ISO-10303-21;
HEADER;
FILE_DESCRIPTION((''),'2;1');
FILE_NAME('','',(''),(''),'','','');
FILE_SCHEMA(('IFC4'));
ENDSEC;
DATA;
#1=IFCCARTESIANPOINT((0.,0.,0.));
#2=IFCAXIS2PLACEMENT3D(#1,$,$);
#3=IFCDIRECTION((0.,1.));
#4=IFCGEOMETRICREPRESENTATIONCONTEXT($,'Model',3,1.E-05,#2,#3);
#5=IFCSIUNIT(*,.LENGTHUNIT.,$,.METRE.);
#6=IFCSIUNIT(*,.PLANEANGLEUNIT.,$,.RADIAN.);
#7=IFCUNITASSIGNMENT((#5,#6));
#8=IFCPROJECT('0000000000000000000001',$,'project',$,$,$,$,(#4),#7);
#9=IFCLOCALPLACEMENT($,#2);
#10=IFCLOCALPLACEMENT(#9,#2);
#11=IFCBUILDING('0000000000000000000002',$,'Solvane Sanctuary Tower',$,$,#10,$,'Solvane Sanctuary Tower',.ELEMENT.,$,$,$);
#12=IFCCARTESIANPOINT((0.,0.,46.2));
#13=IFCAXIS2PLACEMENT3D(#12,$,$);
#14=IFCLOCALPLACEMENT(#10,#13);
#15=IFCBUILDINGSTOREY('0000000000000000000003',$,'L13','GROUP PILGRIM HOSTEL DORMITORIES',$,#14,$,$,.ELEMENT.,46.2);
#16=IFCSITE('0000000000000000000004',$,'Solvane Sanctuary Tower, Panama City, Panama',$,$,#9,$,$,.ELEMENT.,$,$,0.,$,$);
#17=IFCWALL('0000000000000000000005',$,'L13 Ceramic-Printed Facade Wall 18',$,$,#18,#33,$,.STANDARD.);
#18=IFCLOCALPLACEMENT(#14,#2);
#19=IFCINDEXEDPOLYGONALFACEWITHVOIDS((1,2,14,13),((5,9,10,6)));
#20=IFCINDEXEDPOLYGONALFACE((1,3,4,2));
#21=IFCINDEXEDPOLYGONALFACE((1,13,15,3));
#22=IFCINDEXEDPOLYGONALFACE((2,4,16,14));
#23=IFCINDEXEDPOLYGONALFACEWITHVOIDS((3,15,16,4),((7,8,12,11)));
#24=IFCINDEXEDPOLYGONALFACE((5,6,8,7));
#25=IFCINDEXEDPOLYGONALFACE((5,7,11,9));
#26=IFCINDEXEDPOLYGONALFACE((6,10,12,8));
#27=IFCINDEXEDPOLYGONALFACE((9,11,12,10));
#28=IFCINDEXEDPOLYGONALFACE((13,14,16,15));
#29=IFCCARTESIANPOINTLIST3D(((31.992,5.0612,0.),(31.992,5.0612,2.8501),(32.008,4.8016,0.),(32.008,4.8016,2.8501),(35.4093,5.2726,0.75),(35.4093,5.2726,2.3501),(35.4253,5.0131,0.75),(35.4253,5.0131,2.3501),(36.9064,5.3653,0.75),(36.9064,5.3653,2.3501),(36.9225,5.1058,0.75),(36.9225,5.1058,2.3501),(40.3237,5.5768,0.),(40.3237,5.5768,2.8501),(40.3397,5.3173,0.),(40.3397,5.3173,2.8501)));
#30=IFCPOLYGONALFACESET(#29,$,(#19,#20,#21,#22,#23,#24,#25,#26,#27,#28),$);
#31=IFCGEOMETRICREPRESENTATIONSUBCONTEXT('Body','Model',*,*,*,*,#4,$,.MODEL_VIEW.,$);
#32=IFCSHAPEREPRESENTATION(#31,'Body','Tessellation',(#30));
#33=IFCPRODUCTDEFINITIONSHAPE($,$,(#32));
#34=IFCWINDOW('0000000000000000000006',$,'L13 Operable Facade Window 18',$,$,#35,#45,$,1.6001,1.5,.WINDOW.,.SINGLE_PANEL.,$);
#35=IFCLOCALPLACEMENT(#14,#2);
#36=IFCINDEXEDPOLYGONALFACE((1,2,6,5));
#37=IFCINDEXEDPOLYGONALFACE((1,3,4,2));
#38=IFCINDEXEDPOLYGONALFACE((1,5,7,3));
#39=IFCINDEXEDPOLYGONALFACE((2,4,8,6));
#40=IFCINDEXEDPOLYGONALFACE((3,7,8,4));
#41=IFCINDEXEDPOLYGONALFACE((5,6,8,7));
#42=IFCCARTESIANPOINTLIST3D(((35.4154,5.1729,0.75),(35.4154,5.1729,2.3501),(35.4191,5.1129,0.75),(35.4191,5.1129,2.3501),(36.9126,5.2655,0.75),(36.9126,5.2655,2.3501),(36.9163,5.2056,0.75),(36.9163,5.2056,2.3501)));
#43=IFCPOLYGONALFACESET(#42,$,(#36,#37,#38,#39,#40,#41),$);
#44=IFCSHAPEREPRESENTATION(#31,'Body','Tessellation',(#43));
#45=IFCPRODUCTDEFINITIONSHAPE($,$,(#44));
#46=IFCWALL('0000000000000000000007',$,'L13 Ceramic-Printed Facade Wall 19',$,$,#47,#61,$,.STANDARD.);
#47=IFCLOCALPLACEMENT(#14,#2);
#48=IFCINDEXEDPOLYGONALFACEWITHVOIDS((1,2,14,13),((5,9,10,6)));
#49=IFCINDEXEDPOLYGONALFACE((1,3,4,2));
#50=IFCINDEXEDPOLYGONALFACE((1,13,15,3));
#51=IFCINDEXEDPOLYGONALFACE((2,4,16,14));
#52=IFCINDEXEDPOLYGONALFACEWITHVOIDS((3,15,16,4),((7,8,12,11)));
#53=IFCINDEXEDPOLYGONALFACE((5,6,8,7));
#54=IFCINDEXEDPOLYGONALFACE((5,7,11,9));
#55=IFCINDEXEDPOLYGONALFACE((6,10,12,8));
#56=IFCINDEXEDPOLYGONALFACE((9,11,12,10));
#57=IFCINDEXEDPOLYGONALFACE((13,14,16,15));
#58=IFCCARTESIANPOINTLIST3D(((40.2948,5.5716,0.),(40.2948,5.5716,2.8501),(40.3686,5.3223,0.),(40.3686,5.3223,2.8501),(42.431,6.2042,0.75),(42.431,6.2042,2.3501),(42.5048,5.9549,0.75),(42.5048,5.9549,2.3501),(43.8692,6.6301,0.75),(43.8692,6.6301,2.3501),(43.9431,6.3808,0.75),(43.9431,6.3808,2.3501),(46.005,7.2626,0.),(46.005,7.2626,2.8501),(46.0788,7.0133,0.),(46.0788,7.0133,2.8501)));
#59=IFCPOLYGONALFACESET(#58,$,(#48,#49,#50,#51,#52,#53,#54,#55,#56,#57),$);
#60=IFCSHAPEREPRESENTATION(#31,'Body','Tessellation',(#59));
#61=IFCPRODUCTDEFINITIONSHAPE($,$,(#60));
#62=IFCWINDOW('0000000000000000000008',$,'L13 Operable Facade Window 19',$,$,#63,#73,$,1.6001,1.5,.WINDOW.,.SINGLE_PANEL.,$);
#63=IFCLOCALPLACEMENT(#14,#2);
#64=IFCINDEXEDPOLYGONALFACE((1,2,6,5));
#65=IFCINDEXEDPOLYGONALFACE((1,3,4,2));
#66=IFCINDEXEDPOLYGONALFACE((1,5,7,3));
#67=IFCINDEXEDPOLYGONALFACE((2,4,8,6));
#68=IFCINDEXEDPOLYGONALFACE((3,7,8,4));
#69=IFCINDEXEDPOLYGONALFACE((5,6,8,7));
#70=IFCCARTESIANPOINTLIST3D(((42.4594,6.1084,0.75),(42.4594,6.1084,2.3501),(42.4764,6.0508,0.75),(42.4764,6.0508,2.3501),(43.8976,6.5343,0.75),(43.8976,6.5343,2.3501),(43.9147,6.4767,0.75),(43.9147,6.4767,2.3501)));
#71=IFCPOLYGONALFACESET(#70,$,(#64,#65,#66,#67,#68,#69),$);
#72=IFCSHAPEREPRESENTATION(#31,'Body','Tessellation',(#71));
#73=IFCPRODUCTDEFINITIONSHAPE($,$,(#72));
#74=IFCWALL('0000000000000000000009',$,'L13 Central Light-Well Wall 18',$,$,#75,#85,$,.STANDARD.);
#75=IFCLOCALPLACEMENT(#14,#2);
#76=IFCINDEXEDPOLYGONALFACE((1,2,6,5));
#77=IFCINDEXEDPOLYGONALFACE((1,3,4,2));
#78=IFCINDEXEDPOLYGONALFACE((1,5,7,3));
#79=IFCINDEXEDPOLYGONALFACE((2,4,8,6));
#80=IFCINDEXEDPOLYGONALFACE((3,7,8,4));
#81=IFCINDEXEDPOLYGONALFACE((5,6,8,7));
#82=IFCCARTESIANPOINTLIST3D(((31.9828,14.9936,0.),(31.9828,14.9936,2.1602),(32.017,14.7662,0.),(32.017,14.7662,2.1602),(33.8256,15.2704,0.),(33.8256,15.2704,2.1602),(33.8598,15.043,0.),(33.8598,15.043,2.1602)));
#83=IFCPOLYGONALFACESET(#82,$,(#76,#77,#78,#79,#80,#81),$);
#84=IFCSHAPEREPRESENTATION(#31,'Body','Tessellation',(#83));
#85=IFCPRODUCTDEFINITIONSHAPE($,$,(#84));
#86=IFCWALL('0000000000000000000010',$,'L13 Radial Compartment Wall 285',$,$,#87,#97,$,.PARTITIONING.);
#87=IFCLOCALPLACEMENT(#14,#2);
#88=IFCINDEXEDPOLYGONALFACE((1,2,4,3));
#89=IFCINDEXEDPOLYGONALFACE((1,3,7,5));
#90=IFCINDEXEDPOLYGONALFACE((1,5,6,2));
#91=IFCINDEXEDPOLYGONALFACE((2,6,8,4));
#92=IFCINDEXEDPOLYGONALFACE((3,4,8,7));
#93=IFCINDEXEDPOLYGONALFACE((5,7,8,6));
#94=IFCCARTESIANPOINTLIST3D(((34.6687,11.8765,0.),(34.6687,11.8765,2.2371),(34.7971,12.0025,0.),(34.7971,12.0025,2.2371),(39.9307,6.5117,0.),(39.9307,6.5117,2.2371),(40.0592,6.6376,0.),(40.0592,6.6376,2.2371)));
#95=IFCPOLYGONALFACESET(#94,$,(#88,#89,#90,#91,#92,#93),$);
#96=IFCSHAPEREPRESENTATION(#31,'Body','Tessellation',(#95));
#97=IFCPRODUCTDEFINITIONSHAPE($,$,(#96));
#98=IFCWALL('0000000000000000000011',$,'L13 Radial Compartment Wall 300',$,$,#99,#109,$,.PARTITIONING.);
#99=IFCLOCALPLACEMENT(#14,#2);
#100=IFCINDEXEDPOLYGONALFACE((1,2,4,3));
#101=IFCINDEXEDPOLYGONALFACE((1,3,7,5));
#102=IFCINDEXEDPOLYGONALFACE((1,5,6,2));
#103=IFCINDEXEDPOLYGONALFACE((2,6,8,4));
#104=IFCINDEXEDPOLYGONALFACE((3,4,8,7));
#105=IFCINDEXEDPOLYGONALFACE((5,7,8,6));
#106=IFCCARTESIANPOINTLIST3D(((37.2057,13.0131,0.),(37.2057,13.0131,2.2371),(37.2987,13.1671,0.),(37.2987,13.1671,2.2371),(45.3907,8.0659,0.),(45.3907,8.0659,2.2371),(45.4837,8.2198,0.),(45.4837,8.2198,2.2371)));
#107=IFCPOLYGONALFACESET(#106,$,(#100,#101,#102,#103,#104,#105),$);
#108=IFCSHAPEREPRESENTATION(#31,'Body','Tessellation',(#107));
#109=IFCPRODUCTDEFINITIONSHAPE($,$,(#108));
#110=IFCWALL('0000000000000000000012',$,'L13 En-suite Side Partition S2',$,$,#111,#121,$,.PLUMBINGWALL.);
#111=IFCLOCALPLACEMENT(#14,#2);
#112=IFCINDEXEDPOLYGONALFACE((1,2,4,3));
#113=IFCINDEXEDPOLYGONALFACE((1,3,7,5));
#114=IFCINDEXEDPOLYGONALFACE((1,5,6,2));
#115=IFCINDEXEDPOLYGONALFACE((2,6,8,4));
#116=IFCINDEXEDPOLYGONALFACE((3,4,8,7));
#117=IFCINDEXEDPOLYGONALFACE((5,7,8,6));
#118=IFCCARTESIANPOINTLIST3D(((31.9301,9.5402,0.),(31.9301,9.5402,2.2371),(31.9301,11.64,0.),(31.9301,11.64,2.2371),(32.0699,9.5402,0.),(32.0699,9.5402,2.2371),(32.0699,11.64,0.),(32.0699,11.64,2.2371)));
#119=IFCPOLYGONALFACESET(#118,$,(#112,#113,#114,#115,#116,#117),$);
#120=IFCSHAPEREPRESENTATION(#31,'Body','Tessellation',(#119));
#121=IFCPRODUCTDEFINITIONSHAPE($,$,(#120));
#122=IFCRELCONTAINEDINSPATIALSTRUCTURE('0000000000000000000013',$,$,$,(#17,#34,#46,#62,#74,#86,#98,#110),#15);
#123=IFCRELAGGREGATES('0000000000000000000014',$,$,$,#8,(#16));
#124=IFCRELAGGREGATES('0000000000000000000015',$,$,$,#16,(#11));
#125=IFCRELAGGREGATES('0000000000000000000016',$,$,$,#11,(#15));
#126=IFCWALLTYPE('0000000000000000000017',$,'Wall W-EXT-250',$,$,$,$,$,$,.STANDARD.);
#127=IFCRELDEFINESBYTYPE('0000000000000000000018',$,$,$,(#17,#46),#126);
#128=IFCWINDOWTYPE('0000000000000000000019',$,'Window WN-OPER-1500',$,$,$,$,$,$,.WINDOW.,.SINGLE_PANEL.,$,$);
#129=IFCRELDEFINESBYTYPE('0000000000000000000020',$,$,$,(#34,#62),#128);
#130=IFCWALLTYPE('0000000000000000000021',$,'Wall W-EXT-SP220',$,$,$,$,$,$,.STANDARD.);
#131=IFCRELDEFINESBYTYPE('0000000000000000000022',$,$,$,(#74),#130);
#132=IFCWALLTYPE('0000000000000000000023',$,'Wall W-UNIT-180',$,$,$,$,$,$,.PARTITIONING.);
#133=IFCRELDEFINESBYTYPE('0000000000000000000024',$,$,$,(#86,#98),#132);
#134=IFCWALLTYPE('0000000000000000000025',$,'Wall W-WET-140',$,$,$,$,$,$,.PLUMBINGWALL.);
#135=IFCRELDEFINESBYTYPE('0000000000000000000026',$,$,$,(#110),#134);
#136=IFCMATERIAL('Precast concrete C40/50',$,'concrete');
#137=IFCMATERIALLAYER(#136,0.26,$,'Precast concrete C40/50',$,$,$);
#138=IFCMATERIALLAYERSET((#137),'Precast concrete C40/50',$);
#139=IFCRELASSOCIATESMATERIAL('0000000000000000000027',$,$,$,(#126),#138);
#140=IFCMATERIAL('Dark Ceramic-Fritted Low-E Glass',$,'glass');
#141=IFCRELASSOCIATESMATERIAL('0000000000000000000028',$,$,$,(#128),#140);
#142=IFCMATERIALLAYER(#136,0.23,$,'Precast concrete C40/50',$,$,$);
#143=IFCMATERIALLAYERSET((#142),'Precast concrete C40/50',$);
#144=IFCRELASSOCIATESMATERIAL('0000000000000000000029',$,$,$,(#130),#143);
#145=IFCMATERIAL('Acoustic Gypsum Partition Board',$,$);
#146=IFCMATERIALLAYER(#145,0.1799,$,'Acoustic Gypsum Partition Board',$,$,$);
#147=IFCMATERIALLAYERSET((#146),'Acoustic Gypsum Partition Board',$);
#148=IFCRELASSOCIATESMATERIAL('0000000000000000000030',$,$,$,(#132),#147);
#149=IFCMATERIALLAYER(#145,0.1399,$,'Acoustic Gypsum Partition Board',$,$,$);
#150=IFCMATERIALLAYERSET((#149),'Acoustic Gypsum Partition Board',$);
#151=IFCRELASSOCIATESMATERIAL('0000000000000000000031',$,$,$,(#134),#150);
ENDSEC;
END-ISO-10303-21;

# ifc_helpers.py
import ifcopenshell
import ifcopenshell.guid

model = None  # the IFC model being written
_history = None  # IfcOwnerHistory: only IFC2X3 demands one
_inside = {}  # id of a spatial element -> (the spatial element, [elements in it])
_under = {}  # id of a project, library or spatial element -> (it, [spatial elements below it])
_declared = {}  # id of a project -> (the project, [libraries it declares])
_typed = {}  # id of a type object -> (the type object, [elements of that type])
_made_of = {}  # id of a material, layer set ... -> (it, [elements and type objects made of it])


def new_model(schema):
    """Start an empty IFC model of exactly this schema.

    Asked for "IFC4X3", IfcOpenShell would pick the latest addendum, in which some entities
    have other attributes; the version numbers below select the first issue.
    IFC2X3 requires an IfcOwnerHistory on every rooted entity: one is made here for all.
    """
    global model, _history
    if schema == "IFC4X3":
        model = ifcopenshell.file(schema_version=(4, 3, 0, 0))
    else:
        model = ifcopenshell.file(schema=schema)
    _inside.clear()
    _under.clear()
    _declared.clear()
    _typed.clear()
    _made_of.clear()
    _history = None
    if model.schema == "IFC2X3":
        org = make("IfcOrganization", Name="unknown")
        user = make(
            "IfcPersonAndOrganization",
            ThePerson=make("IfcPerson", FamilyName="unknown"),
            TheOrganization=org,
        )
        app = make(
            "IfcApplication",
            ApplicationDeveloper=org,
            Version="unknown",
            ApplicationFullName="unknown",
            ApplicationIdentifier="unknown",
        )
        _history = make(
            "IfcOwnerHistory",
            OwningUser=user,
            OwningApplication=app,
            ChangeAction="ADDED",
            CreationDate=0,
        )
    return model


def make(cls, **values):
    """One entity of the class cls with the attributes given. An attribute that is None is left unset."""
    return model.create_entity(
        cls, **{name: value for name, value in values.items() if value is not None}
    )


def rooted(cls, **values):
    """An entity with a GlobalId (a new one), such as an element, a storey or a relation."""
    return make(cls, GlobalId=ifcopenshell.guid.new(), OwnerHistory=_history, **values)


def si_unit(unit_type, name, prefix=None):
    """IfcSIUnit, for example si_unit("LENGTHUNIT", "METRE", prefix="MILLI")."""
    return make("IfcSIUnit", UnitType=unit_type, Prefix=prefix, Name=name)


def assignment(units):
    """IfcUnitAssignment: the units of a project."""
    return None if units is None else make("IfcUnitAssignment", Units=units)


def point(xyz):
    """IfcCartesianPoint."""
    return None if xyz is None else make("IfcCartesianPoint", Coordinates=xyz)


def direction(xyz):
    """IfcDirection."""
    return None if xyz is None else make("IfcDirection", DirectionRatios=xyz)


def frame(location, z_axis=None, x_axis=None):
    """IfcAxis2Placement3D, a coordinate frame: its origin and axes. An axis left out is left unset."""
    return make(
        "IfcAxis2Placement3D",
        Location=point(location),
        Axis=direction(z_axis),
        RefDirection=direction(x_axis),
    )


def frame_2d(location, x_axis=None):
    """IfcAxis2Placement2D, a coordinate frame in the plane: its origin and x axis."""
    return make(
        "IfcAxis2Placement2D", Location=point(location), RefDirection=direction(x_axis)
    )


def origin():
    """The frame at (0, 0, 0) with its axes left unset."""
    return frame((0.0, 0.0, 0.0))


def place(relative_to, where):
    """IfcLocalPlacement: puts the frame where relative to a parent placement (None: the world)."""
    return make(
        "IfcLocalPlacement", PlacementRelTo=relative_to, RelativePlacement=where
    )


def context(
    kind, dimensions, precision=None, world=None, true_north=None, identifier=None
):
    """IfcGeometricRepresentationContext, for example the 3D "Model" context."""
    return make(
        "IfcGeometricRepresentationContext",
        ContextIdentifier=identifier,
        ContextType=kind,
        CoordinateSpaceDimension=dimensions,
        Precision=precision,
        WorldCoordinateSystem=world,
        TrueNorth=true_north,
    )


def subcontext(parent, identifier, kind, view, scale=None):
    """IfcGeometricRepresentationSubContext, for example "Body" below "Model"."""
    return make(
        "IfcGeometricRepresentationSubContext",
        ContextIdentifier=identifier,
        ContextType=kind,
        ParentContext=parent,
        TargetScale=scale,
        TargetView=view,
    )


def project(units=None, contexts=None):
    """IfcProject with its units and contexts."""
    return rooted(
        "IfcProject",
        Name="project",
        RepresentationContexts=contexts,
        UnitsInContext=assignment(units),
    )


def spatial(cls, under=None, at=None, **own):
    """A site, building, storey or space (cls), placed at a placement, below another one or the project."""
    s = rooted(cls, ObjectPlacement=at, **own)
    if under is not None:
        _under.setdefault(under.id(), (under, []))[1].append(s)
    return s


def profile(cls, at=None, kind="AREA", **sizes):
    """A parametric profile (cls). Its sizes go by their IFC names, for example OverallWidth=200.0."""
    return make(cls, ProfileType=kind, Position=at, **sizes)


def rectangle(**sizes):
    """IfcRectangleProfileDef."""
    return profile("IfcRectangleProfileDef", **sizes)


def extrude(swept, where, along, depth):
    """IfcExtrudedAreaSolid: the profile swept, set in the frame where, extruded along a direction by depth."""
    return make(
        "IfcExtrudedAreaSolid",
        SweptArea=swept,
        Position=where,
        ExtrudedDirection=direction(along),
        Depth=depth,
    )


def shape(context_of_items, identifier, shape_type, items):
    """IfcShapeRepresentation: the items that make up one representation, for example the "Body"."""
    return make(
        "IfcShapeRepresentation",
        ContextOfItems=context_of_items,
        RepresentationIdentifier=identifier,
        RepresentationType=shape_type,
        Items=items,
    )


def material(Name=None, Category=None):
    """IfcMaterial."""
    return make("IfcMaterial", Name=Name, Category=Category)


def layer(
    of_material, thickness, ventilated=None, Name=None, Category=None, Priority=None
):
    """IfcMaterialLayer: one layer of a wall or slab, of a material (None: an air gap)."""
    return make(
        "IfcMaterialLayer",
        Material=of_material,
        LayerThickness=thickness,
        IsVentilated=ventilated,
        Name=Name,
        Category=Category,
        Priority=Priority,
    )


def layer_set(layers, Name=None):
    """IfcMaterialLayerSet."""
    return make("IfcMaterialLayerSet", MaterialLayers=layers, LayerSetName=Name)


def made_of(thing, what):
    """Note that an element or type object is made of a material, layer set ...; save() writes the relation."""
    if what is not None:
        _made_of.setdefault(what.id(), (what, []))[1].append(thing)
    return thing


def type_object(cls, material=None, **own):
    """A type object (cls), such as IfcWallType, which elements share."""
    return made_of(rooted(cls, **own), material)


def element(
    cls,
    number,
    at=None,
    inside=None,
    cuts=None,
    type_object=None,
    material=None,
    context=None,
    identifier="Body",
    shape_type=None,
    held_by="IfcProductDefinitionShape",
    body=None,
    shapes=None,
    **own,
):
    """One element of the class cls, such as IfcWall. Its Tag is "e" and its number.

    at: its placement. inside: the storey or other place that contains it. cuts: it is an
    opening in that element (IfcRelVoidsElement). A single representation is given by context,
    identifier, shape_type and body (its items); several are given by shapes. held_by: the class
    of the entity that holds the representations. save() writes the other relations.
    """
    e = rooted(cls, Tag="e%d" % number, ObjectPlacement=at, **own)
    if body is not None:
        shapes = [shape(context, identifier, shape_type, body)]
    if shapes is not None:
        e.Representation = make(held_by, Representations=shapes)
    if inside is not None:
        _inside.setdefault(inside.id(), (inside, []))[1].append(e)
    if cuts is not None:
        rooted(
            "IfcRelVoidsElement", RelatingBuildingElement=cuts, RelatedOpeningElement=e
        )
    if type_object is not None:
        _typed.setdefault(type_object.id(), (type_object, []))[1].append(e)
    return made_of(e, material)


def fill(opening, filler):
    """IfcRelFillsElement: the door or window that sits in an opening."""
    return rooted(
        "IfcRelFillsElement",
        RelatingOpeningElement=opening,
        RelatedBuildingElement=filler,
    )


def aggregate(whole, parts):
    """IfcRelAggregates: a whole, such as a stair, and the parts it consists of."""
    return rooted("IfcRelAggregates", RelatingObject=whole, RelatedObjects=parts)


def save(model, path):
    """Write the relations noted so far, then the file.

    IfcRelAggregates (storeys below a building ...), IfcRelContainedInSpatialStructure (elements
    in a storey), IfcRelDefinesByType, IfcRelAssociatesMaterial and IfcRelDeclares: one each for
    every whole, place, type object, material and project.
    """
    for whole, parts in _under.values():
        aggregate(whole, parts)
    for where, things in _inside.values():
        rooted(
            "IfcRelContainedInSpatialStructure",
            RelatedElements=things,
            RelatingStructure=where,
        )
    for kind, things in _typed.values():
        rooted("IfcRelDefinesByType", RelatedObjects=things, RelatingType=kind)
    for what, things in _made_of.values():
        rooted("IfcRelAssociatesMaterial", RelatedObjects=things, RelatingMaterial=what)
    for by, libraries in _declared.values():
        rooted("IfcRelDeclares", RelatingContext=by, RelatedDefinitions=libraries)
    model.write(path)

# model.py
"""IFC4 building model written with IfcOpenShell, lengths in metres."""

from ifc_helpers import new_model, si_unit, direction, frame, frame_2d, origin, place, context, subcontext, project, spatial, rectangle, extrude, material, layer, layer_set, type_object, element, fill, save


model = new_model("IFC4")

# Units and contexts
model_context = context("Model", 3, precision=1e-05, world=origin(), true_north=direction((0.0, 1.0)))
body_context = subcontext(model_context, "Body", "Model", "MODEL_VIEW")
ifc_project = project(units=[si_unit("LENGTHUNIT", "METRE"), si_unit("PLANEANGLEUNIT", "RADIAN")], contexts=[model_context])

# Site, building, storey
site_placement = place(None, origin())
site = spatial("IfcSite", under=ifc_project, at=site_placement, Name="Solvane Sanctuary Tower, Panama City, Panama", CompositionType="ELEMENT", RefElevation=0.0)
building_placement = place(site_placement, origin())
building = spatial("IfcBuilding", under=site, at=building_placement, Name="Solvane Sanctuary Tower", LongName="Solvane Sanctuary Tower", CompositionType="ELEMENT")
storey_placement = place(building_placement, frame((0.0, 0.0, 46.2)))
storey = spatial("IfcBuildingStorey", under=building, at=storey_placement, Name="L13", Description="GROUP PILGRIM HOSTEL DORMITORIES", CompositionType="ELEMENT", Elevation=46.2)

# Shared definitions
ifc_material_1 = material(Name="Acoustic Gypsum Partition Board")

# Walls, openings, windows
ifc_material_2 = material(Name="Precast concrete C40/50", Category="concrete")
ifc_layer_1 = layer(ifc_material_2, 0.26, Name="Precast concrete C40/50")
ifc_layer_set_1 = layer_set([ifc_layer_1], Name="Precast concrete C40/50")
wall_type_1 = type_object("IfcWallType", Name="Wall W-EXT-250", PredefinedType="STANDARD", material=ifc_layer_set_1)
wall_1_placement = place(storey_placement, frame((32.0, 4.9314, 0.0), z_axis=(0.0, 0.0, 1.0), x_axis=(0.998091, 0.061768, 0.0)))
wall_1 = element("IfcWall", 1, at=wall_1_placement, inside=storey, type_object=wall_type_1, Name="L13 Ceramic-Printed Facade Wall 18", PredefinedType="STANDARD", context=body_context, shape_type="SweptSolid", body=[
    extrude(rectangle(XDim=8.3477, YDim=0.26, at=frame_2d((4.1738, 0.0))), origin(), (0.0, 0.0, 1.0), 2.8501),
])
opening_1_placement = place(wall_1_placement, frame((3.4238, 0.0, 0.75)))
opening_1 = element("IfcOpeningElement", 2, at=opening_1_placement, cuts=wall_1, PredefinedType="OPENING", context=body_context, shape_type="SweptSolid", body=[
    extrude(rectangle(XDim=1.5, YDim=1.6001, at=frame_2d((0.75, 0.8))), frame((0.0, 0.1399, 0.0), z_axis=(0.0, -1.0, 0.0), x_axis=(1.0, 0.0, 0.0)), (0.0, 0.0, 1.0), 0.28),
])
ifc_material_3 = material(Name="Dark Ceramic-Fritted Low-E Glass", Category="glass")
window_type = type_object("IfcWindowType", Name="Window WN-OPER-1500", PartitioningType="SINGLE_PANEL", PredefinedType="WINDOW", material=ifc_material_3)
window_1_placement = place(opening_1_placement, origin())
window_1 = element("IfcWindow", 3, at=window_1_placement, inside=storey, type_object=window_type, Name="L13 Operable Facade Window 18", OverallHeight=1.6001, OverallWidth=1.5, PartitioningType="SINGLE_PANEL", PredefinedType="WINDOW", context=body_context, shape_type="SweptSolid", body=[
    extrude(rectangle(XDim=1.5, YDim=1.6001, at=frame_2d((0.75, 0.8))), frame((0.0, 0.03, 0.0), z_axis=(0.0, -1.0, 0.0), x_axis=(1.0, 0.0, 0.0)), (0.0, 0.0, 1.0), 0.0601),
])
fill(opening_1, window_1)
wall_2_placement = place(storey_placement, frame((40.3318, 5.447, 0.0), z_axis=(0.0, 0.0, 1.0), x_axis=(0.958844, 0.283935, 0.0)))
wall_2 = element("IfcWall", 4, at=wall_2_placement, inside=storey, type_object=wall_type_1, Name="L13 Ceramic-Printed Facade Wall 19", PredefinedType="STANDARD", context=body_context, shape_type="SweptSolid", body=[
    extrude(rectangle(XDim=5.9553, YDim=0.26, at=frame_2d((2.9775, 0.0))), origin(), (0.0, 0.0, 1.0), 2.8501),
])
opening_2_placement = place(wall_2_placement, frame((2.2278, 0.0, 0.75)))
opening_2 = element("IfcOpeningElement", 5, at=opening_2_placement, cuts=wall_2, PredefinedType="OPENING", context=body_context, shape_type="SweptSolid", body=[
    extrude(rectangle(XDim=1.5, YDim=1.6001, at=frame_2d((0.75, 0.8))), frame((0.0, 0.1399, 0.0), z_axis=(0.0, -1.0, 0.0), x_axis=(1.0, 0.0, 0.0)), (0.0, 0.0, 1.0), 0.28),
])
window_2_placement = place(opening_2_placement, origin())
window_2 = element("IfcWindow", 6, at=window_2_placement, inside=storey, type_object=window_type, Name="L13 Operable Facade Window 19", OverallHeight=1.6001, OverallWidth=1.5, PartitioningType="SINGLE_PANEL", PredefinedType="WINDOW", context=body_context, shape_type="SweptSolid", body=[
    extrude(rectangle(XDim=1.5, YDim=1.6001, at=frame_2d((0.75, 0.8))), frame((0.0, 0.03, 0.0), z_axis=(0.0, -1.0, 0.0), x_axis=(1.0, 0.0, 0.0)), (0.0, 0.0, 1.0), 0.0601),
])
fill(opening_2, window_2)

# Walls
ifc_layer_2 = layer(ifc_material_2, 0.23, Name="Precast concrete C40/50")
ifc_layer_set_2 = layer_set([ifc_layer_2], Name="Precast concrete C40/50")
wall_type_2 = type_object("IfcWallType", Name="Wall W-EXT-SP220", PredefinedType="STANDARD", material=ifc_layer_set_2)
wall_3_placement = place(storey_placement, frame((32.0, 14.8799, 0.0), z_axis=(0.0, 0.0, 1.0), x_axis=(0.988902, 0.148571, 0.0)))
element("IfcWall", 7, at=wall_3_placement, inside=storey, type_object=wall_type_2, Name="L13 Central Light-Well Wall 18", PredefinedType="STANDARD", context=body_context, shape_type="SweptSolid", body=[
    extrude(rectangle(XDim=1.8635, YDim=0.23, at=frame_2d((0.9316, 0.0))), origin(), (0.0, 0.0, 1.0), 2.1602),
])
ifc_layer_3 = layer(ifc_material_1, 0.1799, Name="Acoustic Gypsum Partition Board")
ifc_layer_set_3 = layer_set([ifc_layer_3], Name="Acoustic Gypsum Partition Board")
wall_type_3 = type_object("IfcWallType", Name="Wall W-UNIT-180", PredefinedType="PARTITIONING", material=ifc_layer_set_3)
wall_4_placement = place(storey_placement, frame((34.7329, 11.9395, 0.0), z_axis=(0.0, 0.0, 1.0), x_axis=(0.700235, -0.713913, 0.0)))
element("IfcWall", 8, at=wall_4_placement, inside=storey, type_object=wall_type_3, Name="L13 Radial Compartment Wall 285", PredefinedType="PARTITIONING", context=body_context, shape_type="SweptSolid", body=[
    extrude(rectangle(XDim=7.5146, YDim=0.1799, at=frame_2d((3.7573, 0.0))), origin(), (0.0, 0.0, 1.0), 2.2371),
])
wall_5_placement = place(storey_placement, frame((37.2522, 13.0901, 0.0), z_axis=(0.0, 0.0, 1.0), x_axis=(0.855817, -0.517278, 0.0)))
element("IfcWall", 9, at=wall_5_placement, inside=storey, type_object=wall_type_3, Name="L13 Radial Compartment Wall 300", PredefinedType="PARTITIONING", context=body_context, shape_type="SweptSolid", body=[
    extrude(rectangle(XDim=9.564, YDim=0.1799, at=frame_2d((4.782, 0.0))), origin(), (0.0, 0.0, 1.0), 2.2371),
])
ifc_layer_4 = layer(ifc_material_1, 0.1399, Name="Acoustic Gypsum Partition Board")
ifc_layer_set_4 = layer_set([ifc_layer_4], Name="Acoustic Gypsum Partition Board")
wall_type_4 = type_object("IfcWallType", Name="Wall W-WET-140", PredefinedType="PLUMBINGWALL", material=ifc_layer_set_4)
wall_6_placement = place(storey_placement, frame((32.0, 11.6399, 0.0), z_axis=(0.0, 0.0, 1.0), x_axis=(0.0, -1.0, 0.0)))
element("IfcWall", 10, at=wall_6_placement, inside=storey, type_object=wall_type_4, Name="L13 En-suite Side Partition S2", PredefinedType="PLUMBINGWALL", context=body_context, shape_type="SweptSolid", body=[
    extrude(rectangle(XDim=2.0999, YDim=0.1399, at=frame_2d((1.0498, 0.0))), origin(), (0.0, 0.0, 1.0), 2.2371),
])

save(model, "model.ifc")
